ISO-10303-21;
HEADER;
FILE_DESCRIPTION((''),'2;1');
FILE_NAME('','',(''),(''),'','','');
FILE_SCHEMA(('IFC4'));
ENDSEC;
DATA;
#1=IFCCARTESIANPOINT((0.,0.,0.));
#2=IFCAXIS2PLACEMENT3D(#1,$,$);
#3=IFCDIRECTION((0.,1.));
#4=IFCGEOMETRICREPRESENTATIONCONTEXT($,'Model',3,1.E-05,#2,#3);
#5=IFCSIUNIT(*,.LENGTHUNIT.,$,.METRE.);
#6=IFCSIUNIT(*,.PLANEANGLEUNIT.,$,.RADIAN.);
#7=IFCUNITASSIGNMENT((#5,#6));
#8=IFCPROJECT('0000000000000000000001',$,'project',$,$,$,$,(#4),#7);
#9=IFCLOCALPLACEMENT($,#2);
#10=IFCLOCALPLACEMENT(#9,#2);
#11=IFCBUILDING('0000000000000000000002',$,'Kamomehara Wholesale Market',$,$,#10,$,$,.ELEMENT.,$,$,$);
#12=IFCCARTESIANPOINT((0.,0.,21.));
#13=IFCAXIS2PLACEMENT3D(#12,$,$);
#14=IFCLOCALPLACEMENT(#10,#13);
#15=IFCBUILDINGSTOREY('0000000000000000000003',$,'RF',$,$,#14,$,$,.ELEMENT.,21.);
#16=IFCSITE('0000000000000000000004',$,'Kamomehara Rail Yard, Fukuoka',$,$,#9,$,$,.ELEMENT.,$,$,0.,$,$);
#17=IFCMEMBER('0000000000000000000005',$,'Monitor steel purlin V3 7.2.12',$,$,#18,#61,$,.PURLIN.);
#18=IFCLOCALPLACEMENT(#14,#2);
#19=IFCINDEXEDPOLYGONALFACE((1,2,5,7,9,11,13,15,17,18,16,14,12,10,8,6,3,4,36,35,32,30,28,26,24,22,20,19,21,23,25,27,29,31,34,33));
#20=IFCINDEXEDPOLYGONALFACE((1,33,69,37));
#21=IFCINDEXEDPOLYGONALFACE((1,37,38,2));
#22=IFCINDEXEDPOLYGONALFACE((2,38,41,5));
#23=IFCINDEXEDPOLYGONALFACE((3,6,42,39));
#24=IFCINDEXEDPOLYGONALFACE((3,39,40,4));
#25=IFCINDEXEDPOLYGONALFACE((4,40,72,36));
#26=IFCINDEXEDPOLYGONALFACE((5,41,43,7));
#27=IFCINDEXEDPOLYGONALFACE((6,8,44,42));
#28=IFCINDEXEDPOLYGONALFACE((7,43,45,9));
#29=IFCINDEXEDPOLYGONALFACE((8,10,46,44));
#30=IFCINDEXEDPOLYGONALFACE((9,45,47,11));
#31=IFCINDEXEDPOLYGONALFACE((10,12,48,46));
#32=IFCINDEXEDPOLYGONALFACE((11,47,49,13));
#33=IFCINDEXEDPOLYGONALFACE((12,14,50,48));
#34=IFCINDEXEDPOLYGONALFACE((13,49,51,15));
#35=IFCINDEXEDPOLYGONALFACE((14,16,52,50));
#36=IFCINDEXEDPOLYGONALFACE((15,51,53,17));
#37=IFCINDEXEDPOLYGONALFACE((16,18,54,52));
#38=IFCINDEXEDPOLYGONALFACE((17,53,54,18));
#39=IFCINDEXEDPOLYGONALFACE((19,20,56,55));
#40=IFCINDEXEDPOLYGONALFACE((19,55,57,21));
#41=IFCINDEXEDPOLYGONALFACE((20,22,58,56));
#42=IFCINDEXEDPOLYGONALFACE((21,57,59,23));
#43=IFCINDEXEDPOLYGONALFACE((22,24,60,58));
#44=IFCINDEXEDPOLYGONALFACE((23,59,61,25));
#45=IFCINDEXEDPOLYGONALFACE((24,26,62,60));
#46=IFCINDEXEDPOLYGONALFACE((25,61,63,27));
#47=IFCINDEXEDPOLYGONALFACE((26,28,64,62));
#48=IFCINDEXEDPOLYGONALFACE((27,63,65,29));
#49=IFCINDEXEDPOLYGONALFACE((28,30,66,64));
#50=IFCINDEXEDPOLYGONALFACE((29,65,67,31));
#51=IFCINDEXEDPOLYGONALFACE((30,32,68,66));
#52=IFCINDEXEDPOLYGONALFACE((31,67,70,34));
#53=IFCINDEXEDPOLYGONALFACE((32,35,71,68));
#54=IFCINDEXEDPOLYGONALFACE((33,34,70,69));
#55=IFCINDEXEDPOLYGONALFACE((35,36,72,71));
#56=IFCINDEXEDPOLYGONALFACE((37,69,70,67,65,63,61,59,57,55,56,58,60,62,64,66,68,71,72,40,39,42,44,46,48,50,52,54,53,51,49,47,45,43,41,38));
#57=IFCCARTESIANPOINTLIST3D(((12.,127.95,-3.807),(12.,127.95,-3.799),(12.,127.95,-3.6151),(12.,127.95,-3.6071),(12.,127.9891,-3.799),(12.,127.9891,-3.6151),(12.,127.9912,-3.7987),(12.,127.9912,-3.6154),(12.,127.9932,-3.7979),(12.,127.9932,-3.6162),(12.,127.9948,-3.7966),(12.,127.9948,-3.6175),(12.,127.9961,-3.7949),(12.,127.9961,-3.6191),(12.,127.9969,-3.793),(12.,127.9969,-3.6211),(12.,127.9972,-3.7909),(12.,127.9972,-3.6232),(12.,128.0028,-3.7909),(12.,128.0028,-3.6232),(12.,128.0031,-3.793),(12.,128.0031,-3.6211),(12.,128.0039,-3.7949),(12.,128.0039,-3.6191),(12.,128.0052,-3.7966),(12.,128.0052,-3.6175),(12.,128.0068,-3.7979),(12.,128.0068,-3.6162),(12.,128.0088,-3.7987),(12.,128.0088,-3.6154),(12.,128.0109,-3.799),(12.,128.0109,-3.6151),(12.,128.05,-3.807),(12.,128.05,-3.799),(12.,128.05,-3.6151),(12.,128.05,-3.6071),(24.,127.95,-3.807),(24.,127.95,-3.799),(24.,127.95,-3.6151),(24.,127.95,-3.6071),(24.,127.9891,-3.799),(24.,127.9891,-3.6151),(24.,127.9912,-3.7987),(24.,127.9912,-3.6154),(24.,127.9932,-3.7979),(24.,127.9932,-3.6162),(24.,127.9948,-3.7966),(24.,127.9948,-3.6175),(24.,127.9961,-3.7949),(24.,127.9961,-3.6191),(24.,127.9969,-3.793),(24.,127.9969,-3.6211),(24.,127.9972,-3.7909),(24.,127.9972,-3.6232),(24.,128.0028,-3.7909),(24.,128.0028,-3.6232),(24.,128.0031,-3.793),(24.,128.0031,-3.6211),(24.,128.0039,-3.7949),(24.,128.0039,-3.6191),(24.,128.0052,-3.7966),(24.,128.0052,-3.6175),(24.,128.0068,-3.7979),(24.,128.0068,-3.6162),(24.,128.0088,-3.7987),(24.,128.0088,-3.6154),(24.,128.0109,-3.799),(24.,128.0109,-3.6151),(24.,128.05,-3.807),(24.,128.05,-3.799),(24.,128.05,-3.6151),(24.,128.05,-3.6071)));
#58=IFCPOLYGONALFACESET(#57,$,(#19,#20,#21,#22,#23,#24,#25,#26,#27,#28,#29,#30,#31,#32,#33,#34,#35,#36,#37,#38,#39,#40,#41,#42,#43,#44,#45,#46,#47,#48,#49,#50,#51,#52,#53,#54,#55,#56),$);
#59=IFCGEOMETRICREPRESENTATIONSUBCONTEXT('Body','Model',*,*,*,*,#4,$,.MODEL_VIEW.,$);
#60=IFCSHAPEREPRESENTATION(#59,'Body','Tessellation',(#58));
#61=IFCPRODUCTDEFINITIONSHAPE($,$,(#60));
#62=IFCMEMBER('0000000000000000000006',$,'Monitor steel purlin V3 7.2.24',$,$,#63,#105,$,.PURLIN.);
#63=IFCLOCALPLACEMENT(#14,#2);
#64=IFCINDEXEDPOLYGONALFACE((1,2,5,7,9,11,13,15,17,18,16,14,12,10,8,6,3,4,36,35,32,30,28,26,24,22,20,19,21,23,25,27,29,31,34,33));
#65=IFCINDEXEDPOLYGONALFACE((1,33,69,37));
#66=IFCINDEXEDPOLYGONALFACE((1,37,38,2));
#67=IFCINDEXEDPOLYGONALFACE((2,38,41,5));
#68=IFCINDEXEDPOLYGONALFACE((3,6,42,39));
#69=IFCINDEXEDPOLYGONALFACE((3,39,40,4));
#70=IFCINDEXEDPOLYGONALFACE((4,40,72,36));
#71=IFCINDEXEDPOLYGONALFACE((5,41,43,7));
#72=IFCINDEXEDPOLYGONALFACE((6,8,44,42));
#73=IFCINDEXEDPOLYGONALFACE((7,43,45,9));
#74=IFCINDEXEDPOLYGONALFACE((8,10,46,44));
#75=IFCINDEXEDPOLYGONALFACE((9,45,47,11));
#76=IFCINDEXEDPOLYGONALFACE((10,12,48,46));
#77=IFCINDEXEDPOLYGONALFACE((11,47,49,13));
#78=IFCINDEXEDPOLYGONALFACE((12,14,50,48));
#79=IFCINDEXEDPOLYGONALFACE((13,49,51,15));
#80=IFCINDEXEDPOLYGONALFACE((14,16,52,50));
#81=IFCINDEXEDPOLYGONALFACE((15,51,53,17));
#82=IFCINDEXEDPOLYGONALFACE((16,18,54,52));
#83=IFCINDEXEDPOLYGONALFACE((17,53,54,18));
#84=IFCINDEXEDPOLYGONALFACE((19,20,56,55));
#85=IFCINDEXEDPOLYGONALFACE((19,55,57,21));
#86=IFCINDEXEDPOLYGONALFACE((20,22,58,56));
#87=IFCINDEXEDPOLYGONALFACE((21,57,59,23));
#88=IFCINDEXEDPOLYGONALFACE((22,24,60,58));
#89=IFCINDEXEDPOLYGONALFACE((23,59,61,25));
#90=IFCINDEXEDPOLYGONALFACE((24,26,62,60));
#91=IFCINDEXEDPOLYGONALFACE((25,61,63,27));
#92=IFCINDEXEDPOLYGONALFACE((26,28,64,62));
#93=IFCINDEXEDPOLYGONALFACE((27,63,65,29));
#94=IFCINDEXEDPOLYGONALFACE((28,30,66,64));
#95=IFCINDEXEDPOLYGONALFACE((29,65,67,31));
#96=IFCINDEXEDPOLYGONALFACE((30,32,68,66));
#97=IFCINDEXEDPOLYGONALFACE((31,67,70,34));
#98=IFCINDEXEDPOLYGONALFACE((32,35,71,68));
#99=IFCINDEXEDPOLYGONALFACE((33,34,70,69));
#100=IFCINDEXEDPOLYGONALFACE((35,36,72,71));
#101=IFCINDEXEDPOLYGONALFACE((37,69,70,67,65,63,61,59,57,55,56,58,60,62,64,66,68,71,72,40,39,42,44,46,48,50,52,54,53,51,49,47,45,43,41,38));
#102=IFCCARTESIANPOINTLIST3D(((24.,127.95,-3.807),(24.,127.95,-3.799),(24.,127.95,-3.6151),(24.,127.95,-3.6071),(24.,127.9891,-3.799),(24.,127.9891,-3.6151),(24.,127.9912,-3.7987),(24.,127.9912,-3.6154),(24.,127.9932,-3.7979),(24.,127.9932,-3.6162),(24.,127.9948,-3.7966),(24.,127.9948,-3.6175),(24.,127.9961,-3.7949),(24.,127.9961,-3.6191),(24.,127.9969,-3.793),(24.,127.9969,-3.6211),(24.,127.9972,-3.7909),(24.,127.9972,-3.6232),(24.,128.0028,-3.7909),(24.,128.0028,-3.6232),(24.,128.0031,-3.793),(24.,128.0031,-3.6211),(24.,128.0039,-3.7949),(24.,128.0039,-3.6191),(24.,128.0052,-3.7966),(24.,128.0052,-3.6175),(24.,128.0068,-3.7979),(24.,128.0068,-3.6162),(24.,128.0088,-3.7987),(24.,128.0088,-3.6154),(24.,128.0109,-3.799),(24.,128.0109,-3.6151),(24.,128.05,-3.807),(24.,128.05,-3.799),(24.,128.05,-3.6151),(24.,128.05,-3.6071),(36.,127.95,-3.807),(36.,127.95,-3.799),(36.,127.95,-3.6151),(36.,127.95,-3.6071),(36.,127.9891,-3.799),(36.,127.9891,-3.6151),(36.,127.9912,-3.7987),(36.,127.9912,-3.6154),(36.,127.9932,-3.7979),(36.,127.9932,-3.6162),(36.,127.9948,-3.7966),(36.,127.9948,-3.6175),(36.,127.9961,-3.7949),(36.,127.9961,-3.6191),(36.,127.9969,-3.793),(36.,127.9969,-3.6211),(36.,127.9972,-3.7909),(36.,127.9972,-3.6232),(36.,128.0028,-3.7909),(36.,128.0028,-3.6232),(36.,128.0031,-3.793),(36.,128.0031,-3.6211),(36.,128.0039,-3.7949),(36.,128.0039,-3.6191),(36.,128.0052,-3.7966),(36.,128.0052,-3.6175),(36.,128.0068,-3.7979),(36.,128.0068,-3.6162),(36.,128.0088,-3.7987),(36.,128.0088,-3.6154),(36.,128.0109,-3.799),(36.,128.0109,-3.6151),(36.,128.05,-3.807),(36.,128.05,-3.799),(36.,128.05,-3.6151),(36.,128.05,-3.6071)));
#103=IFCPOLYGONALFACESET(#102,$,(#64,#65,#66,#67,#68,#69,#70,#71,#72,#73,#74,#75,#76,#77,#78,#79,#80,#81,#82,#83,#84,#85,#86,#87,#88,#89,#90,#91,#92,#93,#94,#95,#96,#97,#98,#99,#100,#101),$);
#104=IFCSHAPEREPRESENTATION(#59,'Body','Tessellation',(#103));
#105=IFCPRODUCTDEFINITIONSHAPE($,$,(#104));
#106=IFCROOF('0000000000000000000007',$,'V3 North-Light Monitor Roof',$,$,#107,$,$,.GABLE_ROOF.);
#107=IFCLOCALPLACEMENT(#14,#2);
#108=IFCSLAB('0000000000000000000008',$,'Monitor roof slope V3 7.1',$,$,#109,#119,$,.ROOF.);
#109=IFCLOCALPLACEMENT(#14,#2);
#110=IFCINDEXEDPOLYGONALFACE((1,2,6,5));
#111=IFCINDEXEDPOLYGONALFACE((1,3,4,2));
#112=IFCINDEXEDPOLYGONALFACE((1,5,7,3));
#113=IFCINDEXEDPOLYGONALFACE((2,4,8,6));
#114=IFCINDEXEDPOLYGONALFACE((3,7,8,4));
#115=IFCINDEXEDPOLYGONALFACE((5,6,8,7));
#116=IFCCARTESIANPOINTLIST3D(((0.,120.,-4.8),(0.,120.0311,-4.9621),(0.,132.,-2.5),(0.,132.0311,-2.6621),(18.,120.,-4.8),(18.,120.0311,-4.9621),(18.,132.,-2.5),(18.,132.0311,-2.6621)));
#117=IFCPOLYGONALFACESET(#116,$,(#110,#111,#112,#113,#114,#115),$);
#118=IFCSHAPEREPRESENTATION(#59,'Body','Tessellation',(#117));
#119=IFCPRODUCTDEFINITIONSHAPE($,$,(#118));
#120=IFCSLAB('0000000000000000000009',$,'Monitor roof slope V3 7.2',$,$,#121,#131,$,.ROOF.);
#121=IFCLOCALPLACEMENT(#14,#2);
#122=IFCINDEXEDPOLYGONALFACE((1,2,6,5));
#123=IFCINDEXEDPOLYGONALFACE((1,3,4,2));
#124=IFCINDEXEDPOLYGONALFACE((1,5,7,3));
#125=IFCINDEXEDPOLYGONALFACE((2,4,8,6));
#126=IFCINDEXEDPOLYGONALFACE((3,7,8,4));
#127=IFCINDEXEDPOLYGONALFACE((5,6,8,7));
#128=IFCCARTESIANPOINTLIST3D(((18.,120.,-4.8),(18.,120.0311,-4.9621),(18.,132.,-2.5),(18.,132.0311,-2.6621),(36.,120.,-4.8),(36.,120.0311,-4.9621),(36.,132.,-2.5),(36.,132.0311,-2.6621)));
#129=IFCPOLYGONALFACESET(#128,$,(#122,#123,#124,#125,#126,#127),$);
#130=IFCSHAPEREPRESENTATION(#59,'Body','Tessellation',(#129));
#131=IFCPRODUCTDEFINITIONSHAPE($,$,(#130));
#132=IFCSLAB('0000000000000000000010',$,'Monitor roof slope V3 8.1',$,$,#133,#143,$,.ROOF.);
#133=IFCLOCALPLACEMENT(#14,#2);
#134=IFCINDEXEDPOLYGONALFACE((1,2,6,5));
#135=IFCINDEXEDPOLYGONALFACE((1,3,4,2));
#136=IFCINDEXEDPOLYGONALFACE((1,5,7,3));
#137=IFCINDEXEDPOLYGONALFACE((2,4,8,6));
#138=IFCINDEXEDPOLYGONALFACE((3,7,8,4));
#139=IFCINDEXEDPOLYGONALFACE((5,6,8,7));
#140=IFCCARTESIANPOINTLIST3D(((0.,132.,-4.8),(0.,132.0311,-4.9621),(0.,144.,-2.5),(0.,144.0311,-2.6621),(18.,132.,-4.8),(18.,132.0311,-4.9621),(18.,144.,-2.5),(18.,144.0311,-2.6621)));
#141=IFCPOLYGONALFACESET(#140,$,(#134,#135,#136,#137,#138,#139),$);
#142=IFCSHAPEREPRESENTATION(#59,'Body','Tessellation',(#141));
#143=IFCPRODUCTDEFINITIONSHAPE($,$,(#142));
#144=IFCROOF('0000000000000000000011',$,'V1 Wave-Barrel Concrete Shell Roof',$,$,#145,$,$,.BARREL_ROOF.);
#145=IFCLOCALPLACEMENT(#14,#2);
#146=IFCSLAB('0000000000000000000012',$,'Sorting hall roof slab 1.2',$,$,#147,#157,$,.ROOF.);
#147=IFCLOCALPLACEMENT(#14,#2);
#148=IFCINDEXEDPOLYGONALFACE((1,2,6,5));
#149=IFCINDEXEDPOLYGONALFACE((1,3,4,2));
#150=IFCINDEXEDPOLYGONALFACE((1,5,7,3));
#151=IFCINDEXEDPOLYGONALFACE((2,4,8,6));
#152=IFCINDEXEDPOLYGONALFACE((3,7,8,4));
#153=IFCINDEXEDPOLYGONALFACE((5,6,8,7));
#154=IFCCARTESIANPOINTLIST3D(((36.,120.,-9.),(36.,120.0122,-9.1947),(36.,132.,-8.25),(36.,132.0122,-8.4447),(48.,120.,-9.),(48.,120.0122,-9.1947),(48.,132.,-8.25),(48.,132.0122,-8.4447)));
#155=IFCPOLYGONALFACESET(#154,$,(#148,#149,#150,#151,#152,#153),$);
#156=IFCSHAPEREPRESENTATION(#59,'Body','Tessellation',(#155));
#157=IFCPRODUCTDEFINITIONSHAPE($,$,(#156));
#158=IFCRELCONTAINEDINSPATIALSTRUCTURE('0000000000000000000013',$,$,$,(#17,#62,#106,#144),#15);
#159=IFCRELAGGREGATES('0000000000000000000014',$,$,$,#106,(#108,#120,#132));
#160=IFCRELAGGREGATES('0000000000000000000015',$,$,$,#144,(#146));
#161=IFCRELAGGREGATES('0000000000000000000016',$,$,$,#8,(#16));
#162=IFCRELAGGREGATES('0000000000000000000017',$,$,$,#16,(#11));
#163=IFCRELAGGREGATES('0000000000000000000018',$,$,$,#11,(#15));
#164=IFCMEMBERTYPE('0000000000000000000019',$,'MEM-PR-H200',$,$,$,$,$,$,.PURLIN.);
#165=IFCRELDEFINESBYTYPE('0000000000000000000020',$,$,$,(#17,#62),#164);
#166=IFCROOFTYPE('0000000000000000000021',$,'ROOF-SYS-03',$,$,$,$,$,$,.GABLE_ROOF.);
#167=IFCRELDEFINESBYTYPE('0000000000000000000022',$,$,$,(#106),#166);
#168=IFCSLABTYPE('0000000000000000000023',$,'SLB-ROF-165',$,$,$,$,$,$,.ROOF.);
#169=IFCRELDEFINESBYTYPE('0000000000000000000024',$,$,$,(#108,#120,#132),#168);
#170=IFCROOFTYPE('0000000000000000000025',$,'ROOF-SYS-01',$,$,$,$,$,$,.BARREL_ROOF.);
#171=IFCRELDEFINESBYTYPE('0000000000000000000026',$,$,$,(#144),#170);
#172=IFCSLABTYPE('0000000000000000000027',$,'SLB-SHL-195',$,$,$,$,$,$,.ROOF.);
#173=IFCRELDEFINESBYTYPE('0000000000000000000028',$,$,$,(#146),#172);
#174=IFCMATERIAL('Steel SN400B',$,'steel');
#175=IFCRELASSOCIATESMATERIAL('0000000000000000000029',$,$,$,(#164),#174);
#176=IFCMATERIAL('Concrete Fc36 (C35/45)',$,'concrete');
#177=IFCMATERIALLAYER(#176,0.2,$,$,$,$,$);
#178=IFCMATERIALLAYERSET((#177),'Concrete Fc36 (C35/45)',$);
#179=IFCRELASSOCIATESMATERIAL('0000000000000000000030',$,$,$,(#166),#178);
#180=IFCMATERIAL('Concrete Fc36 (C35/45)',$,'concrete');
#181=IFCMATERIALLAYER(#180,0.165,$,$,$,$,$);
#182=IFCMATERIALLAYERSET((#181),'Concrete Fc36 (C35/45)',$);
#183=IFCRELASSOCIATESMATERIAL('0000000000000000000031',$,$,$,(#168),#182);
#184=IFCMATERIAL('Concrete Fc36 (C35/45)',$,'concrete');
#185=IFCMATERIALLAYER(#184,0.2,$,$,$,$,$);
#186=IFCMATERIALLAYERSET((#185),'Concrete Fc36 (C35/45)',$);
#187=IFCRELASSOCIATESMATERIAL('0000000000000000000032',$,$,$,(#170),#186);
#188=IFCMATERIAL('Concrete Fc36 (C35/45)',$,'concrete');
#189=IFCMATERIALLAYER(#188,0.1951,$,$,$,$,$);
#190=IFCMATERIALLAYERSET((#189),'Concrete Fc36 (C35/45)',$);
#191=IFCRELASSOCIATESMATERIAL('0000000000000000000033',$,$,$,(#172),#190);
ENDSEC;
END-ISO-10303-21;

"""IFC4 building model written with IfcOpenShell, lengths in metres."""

from ifc_helpers import new_model, si_unit, direction, frame, origin, origin_2d, place, context, subcontext, project, spatial, polyline, i_section, outline, extrude, material, layer, layer_set, material_profile, profile_set, type_object, element, aggregate, save


model = new_model("IFC4")

# Units and contexts
model_context = context("Model", 3, precision=1e-05, world=origin(), true_north=direction((0.0, 1.0)))
body_context = subcontext(model_context, "Body", "Model", "MODEL_VIEW")
ifc_project = project(units=[si_unit("LENGTHUNIT", "METRE"), si_unit("PLANEANGLEUNIT", "RADIAN")], contexts=[model_context])

# Site, building, storey
site_placement = place(None, origin())
site = spatial("IfcSite", under=ifc_project, at=site_placement, Name="Kamomehara Rail Yard, Fukuoka", CompositionType="ELEMENT", RefElevation=0.0)
building_placement = place(site_placement, origin())
building = spatial("IfcBuilding", under=site, at=building_placement, Name="Kamomehara Wholesale Market", CompositionType="ELEMENT")
storey_placement = place(building_placement, frame((0.0, 0.0, 21.0)))
storey = spatial("IfcBuildingStorey", under=building, at=storey_placement, Name="RF", CompositionType="ELEMENT", Elevation=21.0)

# Members
ifc_material_1 = material(Name="Steel SN400B", Category="steel")
ifc_material_profile_1 = material_profile(ifc_material_1, i_section(OverallWidth=0.1001, OverallDepth=0.2, WebThickness=0.0056, FlangeThickness=0.0081, FilletRadius=0.0081, at=origin_2d()), Name="H-200x100x5.5x8")
ifc_profile_set_1 = profile_set([ifc_material_profile_1], Name="Steel SN400B")
member_type = type_object("IfcMemberType", Name="MEM-PR-H200", PredefinedType="PURLIN", material=ifc_profile_set_1)
for number, where, z_axis, x_axis, name in (
    (1, (12.0, 128.0, -3.707), (1.0, 0.0, 0.0), (0.0, 1.0, 0.0), "Monitor steel purlin V3 7.2.12"),
    (2, (24.0, 128.0, -3.707), (1.0, 0.0, 0.0), (0.0, 1.0, 0.0), "Monitor steel purlin V3 7.2.24"),
):
    element("IfcMember", number, at=place(storey_placement, frame(where, z_axis=z_axis, x_axis=x_axis)), inside=storey, type_object=member_type, Name=name, PredefinedType="PURLIN", context=body_context, shape_type="SweptSolid", body=[
        extrude(i_section(OverallWidth=0.1001, OverallDepth=0.2, WebThickness=0.0056, FlangeThickness=0.0081, FilletRadius=0.0081, at=origin_2d()), origin(), (0.0, 0.0, 1.0), 12.0),
    ])

# Roof, slabs
ifc_material_2 = material(Name="Concrete Fc36 (C35/45)", Category="concrete")
ifc_layer_1 = layer(ifc_material_2, 0.2)
ifc_layer_set_1 = layer_set([ifc_layer_1], Name="Concrete Fc36 (C35/45)")
roof_type_1 = type_object("IfcRoofType", Name="ROOF-SYS-03", PredefinedType="GABLE_ROOF", material=ifc_layer_set_1)
roof_1_placement = place(storey_placement, origin())
roof_1 = element("IfcRoof", 3, at=roof_1_placement, inside=storey, type_object=roof_type_1, Name="V3 North-Light Monitor Roof", PredefinedType="GABLE_ROOF")
ifc_material_3 = material(Name="Concrete Fc36 (C35/45)", Category="concrete")
ifc_layer_2 = layer(ifc_material_3, 0.165)
ifc_layer_set_2 = layer_set([ifc_layer_2], Name="Concrete Fc36 (C35/45)")
slab_type_1 = type_object("IfcSlabType", Name="SLB-ROF-165", PredefinedType="ROOF", material=ifc_layer_set_2)
slab_1_placement = place(storey_placement, frame((0.0, 120.0, -4.8), z_axis=(0.0, -0.188244, 0.982122), x_axis=(1.0, 0.0, 0.0)))
slab_1 = element("IfcSlab", 4, at=slab_1_placement, type_object=slab_type_1, Name="Monitor roof slope V3 7.1", PredefinedType="ROOF", context=body_context, shape_type="SweptSolid", body=[
    extrude(outline(polyline([(0.0, 0.0), (18.0, 0.0), (18.0, 12.2184), (0.0, 12.2184), (0.0, 0.0)])), origin(), (0.0, 0.0, -1.0), 0.165),
])
slab_2_placement = place(storey_placement, frame((18.0, 120.0, -4.8), z_axis=(0.0, -0.188244, 0.982122), x_axis=(1.0, 0.0, 0.0)))
slab_2 = element("IfcSlab", 5, at=slab_2_placement, type_object=slab_type_1, Name="Monitor roof slope V3 7.2", PredefinedType="ROOF", context=body_context, shape_type="SweptSolid", body=[
    extrude(outline(polyline([(0.0, 0.0), (18.0, 0.0), (18.0, 12.2184), (0.0, 12.2184), (0.0, 0.0)])), origin(), (0.0, 0.0, -1.0), 0.165),
])
slab_3_placement = place(storey_placement, frame((0.0, 132.0, -4.8), z_axis=(0.0, -0.188244, 0.982122), x_axis=(1.0, 0.0, 0.0)))
slab_3 = element("IfcSlab", 6, at=slab_3_placement, type_object=slab_type_1, Name="Monitor roof slope V3 8.1", PredefinedType="ROOF", context=body_context, shape_type="SweptSolid", body=[
    extrude(outline(polyline([(0.0, 0.0), (18.0, 0.0), (18.0, 12.2184), (0.0, 12.2184), (0.0, 0.0)])), origin(), (0.0, 0.0, -1.0), 0.165),
])
aggregate(roof_1, [slab_1, slab_2, slab_3])

# Roof, slab
ifc_material_4 = material(Name="Concrete Fc36 (C35/45)", Category="concrete")
ifc_layer_3 = layer(ifc_material_4, 0.2)
ifc_layer_set_3 = layer_set([ifc_layer_3], Name="Concrete Fc36 (C35/45)")
roof_type_2 = type_object("IfcRoofType", Name="ROOF-SYS-01", PredefinedType="BARREL_ROOF", material=ifc_layer_set_3)
roof_2_placement = place(storey_placement, origin())
roof_2 = element("IfcRoof", 7, at=roof_2_placement, inside=storey, type_object=roof_type_2, Name="V1 Wave-Barrel Concrete Shell Roof", PredefinedType="BARREL_ROOF")
ifc_material_5 = material(Name="Concrete Fc36 (C35/45)", Category="concrete")
ifc_layer_4 = layer(ifc_material_5, 0.1951)
ifc_layer_set_4 = layer_set([ifc_layer_4], Name="Concrete Fc36 (C35/45)")
slab_type_2 = type_object("IfcSlabType", Name="SLB-SHL-195", PredefinedType="ROOF", material=ifc_layer_set_4)
slab_4_placement = place(storey_placement, frame((36.0, 120.0, -9.0), z_axis=(0.0, -0.062378, 0.998053), x_axis=(1.0, 0.0, 0.0)))
slab_4 = element("IfcSlab", 8, at=slab_4_placement, type_object=slab_type_2, Name="Sorting hall roof slab 1.2", PredefinedType="ROOF", context=body_context, shape_type="SweptSolid", body=[
    extrude(outline(polyline([(0.0, 0.0), (12.0, 0.0), (12.0, 12.0234), (0.0, 12.0234), (0.0, 0.0)])), origin(), (0.0, 0.0, -1.0), 0.1951),
])
aggregate(roof_2, [slab_4])

save(model, "model.ifc")
